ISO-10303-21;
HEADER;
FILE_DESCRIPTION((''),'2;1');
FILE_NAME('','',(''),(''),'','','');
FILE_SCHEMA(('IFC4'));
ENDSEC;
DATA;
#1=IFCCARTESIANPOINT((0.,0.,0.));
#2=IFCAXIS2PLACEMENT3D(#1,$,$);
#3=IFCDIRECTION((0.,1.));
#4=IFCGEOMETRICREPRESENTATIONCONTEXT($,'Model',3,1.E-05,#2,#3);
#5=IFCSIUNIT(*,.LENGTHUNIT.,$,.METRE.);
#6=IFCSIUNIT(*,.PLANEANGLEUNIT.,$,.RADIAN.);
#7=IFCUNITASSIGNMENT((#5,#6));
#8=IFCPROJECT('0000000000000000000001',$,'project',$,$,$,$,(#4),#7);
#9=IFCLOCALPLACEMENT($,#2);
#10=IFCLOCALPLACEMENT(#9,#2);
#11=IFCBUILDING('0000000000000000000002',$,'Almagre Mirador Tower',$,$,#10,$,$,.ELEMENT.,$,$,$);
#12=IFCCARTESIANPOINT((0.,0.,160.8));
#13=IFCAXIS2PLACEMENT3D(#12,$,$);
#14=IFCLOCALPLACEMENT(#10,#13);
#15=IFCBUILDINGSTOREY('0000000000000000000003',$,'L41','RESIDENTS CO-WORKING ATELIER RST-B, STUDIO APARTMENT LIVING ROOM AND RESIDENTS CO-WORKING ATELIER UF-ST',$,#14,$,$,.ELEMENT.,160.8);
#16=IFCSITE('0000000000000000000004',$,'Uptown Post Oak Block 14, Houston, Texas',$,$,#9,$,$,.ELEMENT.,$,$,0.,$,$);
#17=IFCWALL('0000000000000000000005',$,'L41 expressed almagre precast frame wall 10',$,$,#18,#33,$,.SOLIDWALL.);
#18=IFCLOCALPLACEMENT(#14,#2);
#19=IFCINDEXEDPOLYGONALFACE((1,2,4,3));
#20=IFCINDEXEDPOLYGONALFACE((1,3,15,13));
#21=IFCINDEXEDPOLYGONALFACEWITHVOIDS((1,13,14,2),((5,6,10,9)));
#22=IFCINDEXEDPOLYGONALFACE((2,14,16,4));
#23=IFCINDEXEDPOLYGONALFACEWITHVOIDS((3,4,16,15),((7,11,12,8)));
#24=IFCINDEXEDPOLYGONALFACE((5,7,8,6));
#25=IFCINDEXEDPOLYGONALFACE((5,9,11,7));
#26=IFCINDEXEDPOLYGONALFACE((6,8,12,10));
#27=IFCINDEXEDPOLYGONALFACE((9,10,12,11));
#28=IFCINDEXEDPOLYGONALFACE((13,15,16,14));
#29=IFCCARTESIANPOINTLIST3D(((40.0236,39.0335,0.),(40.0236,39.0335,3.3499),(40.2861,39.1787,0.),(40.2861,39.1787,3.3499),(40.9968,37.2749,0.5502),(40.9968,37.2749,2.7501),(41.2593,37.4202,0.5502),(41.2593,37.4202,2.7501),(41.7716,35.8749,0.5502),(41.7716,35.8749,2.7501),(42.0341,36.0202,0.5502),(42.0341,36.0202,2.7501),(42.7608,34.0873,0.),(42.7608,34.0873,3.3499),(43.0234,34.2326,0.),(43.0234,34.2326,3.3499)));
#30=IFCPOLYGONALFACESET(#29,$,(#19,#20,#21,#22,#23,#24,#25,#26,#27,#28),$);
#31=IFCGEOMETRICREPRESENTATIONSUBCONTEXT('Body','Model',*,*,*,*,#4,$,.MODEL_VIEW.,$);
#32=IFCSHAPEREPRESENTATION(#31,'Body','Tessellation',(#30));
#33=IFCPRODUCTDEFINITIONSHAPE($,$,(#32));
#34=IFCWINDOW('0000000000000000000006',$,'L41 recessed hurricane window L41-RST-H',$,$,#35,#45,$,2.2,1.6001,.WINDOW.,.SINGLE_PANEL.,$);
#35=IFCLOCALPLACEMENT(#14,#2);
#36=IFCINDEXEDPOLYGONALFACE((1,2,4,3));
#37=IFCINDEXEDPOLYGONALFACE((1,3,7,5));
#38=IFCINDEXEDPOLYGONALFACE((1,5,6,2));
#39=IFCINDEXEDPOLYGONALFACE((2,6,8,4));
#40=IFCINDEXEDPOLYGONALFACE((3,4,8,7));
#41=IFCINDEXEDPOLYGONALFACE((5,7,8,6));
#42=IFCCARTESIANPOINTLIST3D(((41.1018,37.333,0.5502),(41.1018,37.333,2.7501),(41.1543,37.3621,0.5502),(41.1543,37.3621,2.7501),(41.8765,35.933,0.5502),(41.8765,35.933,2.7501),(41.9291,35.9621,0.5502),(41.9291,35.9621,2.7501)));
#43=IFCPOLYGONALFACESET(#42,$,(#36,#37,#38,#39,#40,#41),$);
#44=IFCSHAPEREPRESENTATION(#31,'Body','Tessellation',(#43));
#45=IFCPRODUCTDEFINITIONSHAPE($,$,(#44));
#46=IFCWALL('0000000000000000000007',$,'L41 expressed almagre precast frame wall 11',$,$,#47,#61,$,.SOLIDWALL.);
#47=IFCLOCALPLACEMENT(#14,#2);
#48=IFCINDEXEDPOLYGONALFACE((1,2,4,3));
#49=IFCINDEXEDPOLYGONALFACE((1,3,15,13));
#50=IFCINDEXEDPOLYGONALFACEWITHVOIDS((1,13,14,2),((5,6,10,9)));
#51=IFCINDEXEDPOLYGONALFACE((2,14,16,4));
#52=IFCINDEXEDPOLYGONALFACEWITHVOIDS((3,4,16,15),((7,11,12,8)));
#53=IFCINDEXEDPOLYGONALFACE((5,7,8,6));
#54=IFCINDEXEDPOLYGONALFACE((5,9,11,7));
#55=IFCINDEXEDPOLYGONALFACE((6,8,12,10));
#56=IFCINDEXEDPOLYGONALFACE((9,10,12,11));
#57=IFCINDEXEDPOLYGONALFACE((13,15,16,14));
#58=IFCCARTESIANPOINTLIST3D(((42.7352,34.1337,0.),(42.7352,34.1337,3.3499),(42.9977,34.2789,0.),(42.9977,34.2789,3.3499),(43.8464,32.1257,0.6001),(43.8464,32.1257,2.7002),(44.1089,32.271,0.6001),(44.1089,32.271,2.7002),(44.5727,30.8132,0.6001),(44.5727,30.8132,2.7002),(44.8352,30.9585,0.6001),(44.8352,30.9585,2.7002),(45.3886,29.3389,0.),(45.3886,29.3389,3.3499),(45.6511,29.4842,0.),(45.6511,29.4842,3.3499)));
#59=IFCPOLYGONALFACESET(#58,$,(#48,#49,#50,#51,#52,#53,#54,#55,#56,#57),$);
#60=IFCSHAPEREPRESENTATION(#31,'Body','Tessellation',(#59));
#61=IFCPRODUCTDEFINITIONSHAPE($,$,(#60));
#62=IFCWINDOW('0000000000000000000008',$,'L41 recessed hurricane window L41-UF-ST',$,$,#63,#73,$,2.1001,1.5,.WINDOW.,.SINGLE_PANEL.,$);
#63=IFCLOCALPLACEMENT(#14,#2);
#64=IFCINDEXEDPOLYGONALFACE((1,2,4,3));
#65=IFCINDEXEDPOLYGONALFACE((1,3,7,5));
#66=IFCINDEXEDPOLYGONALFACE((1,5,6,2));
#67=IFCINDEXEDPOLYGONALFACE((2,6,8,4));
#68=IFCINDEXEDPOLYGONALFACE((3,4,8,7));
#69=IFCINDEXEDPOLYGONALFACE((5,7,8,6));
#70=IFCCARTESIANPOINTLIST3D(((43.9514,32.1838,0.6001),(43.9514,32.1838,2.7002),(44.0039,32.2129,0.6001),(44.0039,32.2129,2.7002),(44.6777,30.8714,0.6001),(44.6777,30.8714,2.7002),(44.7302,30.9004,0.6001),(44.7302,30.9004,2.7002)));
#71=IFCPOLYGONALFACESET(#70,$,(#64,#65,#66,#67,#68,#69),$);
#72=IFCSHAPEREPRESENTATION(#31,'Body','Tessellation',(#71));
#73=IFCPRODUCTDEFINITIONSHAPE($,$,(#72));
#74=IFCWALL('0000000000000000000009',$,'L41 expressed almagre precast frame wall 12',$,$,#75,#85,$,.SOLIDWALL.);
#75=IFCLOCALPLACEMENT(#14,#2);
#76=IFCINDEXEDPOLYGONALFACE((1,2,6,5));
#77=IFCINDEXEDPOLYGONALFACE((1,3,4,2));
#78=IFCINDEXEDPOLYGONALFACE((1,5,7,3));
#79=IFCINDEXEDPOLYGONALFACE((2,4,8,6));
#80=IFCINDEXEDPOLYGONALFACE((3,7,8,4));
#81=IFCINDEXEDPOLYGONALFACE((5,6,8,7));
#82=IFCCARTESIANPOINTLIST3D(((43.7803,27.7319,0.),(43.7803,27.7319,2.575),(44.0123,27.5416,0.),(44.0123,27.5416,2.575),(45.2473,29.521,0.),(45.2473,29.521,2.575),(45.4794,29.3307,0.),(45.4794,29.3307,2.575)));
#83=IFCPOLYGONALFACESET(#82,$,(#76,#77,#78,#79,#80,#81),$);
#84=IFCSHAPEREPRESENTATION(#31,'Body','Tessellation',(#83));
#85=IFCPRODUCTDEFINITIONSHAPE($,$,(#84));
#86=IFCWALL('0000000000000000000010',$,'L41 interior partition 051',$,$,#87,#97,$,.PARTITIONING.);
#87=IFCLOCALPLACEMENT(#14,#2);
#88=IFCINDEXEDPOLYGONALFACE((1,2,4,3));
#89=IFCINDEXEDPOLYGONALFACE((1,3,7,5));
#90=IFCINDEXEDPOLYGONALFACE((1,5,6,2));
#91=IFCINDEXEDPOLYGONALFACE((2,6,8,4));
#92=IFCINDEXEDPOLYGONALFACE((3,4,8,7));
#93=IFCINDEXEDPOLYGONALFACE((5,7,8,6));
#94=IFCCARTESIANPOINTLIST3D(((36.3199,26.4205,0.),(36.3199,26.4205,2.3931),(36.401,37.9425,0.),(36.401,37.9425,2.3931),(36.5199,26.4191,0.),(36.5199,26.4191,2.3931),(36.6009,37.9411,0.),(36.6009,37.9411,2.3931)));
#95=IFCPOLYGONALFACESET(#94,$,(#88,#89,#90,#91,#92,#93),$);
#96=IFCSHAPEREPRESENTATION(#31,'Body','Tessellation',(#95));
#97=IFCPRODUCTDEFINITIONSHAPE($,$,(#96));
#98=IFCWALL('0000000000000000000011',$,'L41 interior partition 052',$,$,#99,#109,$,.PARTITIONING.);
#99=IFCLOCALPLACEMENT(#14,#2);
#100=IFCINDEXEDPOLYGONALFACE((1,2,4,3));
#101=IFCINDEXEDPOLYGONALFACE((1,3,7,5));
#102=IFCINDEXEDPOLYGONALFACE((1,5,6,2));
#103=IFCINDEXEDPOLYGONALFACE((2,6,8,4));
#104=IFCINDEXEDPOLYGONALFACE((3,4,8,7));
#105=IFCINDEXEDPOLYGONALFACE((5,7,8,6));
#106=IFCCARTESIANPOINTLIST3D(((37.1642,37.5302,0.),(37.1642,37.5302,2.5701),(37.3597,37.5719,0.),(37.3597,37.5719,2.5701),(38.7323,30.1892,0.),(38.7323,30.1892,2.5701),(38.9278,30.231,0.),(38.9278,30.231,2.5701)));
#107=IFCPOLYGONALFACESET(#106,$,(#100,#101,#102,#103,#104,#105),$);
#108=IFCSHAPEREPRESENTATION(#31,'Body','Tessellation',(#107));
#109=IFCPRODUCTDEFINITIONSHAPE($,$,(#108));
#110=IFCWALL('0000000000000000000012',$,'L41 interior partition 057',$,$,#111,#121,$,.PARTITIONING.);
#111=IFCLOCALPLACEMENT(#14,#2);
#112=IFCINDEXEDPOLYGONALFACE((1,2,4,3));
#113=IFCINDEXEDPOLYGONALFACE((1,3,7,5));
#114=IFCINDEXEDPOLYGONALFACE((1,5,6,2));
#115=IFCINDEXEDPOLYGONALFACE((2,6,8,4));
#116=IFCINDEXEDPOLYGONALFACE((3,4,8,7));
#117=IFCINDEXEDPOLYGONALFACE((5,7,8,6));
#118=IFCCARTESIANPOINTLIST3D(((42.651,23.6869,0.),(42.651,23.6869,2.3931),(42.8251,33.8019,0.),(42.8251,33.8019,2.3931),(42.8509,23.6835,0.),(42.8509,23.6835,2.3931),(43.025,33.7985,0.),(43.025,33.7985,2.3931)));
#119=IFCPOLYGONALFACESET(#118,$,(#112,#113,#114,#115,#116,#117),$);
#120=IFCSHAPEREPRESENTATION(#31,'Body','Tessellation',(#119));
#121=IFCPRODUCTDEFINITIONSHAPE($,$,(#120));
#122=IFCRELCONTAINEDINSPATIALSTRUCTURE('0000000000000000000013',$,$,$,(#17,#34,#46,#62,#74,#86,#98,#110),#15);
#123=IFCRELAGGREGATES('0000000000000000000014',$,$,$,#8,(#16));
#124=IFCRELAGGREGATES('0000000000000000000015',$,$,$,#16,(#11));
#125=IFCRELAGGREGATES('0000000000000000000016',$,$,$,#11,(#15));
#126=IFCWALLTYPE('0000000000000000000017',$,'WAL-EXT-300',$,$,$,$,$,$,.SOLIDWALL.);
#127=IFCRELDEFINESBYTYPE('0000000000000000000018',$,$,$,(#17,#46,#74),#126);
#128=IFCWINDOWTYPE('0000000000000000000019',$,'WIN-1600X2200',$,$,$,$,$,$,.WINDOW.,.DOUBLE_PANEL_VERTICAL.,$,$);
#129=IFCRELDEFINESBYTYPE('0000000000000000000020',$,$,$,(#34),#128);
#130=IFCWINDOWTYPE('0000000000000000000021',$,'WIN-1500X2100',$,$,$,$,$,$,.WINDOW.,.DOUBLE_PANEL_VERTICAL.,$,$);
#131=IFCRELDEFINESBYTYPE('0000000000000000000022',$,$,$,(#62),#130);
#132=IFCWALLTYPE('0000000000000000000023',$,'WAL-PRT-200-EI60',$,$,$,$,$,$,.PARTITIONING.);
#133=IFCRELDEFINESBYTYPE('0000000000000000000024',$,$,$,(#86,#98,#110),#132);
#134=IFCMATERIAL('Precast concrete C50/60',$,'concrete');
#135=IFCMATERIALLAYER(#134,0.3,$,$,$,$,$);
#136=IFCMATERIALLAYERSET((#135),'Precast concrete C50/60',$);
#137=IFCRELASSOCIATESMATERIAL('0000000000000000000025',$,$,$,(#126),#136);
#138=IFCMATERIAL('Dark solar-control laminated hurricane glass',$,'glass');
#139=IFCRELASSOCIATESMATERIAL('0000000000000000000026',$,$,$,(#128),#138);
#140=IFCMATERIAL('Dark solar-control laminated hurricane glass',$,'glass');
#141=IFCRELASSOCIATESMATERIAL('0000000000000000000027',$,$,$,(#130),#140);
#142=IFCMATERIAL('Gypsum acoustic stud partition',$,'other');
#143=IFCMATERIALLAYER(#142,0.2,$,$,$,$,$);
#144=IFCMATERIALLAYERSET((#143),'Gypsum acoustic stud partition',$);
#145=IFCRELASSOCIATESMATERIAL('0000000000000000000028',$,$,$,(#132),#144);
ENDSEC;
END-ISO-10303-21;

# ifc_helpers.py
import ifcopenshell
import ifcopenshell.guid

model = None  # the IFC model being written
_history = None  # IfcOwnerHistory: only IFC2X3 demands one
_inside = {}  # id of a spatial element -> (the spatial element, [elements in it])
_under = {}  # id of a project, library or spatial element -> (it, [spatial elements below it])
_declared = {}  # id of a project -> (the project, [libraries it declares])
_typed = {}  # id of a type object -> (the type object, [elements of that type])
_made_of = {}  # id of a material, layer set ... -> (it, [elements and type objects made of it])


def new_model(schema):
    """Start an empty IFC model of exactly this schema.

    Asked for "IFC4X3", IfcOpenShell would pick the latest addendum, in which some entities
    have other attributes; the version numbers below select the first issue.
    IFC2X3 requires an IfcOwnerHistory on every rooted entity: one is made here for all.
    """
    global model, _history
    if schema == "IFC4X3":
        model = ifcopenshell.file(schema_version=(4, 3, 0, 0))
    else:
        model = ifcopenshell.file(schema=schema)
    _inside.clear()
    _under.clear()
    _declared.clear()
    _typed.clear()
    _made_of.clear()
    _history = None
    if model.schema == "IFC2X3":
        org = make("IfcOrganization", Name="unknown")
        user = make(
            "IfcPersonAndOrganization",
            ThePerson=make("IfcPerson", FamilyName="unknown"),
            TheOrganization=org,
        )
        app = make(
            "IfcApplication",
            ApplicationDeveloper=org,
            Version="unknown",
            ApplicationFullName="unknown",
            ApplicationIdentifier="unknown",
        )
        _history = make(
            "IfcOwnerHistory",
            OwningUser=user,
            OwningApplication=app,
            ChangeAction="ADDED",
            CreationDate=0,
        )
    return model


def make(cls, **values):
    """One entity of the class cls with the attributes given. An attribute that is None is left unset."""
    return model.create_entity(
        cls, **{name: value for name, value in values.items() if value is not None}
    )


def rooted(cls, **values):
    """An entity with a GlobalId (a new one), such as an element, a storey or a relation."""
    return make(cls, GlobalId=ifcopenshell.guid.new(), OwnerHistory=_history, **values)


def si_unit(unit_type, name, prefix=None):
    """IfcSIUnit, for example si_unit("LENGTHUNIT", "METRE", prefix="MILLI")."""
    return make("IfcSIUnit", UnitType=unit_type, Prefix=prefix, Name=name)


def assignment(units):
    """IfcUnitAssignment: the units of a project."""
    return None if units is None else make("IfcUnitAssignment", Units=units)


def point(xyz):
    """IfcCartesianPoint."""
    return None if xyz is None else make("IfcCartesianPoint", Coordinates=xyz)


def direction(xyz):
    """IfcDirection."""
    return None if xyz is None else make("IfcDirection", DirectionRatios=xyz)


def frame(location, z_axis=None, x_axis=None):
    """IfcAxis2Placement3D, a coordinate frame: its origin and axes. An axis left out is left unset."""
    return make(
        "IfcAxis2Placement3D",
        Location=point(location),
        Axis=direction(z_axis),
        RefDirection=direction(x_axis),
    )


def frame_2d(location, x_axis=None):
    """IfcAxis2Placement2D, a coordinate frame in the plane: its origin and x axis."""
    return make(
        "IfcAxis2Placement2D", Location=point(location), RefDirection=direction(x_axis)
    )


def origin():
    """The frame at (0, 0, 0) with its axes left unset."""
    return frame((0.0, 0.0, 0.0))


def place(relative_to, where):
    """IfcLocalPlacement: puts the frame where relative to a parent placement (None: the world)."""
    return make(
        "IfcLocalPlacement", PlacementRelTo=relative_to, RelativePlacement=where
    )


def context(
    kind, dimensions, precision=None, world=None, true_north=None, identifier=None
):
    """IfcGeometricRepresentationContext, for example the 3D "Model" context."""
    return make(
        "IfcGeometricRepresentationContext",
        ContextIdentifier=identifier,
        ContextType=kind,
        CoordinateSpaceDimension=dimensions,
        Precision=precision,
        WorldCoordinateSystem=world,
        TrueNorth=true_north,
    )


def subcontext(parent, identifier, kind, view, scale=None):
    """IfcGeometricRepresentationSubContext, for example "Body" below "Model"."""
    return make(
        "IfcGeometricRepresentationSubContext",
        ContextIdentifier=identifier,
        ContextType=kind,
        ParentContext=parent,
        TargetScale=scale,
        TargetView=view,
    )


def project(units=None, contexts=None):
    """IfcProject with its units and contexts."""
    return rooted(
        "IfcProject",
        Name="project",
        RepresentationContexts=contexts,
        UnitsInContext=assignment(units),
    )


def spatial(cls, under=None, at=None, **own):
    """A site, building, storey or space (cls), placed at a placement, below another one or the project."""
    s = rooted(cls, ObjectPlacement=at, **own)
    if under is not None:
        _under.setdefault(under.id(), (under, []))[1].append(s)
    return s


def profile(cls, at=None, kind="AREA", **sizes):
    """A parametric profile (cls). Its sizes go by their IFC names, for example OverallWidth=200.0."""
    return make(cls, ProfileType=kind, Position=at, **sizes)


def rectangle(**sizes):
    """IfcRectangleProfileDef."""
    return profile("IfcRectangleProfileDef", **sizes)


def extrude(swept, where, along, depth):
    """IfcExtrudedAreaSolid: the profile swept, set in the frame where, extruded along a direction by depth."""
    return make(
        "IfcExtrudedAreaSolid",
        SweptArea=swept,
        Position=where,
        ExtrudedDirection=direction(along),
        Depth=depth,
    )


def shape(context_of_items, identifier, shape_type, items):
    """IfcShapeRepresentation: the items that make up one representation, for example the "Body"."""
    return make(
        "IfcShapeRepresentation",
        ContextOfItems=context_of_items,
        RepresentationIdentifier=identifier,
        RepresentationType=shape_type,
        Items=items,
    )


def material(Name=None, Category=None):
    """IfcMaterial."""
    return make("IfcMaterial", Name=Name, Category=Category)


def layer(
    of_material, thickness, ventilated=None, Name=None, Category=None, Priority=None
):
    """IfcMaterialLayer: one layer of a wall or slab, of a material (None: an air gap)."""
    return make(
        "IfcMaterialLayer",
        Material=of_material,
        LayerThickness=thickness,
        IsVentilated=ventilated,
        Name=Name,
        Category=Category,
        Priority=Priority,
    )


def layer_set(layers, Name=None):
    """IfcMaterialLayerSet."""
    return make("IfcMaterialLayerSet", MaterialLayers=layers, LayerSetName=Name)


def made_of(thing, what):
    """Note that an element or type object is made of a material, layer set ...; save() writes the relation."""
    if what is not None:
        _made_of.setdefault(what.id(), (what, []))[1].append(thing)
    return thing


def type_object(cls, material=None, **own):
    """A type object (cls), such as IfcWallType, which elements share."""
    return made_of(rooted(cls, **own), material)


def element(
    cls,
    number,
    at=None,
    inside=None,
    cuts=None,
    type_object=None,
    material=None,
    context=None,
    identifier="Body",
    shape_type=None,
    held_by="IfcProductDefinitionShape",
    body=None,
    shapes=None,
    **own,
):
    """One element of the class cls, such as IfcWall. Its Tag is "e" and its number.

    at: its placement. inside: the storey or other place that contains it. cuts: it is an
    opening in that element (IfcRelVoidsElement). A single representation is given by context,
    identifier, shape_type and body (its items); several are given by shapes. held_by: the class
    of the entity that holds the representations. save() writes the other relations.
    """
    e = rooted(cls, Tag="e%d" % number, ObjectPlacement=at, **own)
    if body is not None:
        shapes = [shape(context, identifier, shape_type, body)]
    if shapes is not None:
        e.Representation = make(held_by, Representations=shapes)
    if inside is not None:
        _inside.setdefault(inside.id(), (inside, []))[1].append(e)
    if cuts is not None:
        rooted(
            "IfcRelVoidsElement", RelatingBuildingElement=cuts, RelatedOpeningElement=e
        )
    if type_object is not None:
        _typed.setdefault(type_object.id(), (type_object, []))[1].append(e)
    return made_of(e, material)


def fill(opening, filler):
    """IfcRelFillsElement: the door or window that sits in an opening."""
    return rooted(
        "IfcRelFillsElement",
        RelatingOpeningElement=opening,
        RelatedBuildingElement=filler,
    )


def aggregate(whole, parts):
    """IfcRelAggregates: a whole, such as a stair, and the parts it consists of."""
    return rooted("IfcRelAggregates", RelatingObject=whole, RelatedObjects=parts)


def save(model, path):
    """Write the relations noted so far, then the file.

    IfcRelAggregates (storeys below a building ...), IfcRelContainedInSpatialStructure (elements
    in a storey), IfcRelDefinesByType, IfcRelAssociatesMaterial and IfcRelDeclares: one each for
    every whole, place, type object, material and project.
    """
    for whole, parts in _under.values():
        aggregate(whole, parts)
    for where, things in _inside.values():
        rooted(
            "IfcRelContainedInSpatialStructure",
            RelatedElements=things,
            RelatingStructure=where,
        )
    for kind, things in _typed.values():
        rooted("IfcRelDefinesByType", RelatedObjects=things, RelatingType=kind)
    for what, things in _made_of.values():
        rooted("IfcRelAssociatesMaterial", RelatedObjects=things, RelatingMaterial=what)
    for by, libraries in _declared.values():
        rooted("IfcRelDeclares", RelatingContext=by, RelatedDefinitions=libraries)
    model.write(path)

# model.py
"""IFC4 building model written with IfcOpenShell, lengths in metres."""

from ifc_helpers import new_model, si_unit, direction, frame, frame_2d, origin, place, context, subcontext, project, spatial, rectangle, extrude, material, layer, layer_set, type_object, element, fill, save


model = new_model("IFC4")

# Units and contexts
model_context = context("Model", 3, precision=1e-05, world=origin(), true_north=direction((0.0, 1.0)))
body_context = subcontext(model_context, "Body", "Model", "MODEL_VIEW")
ifc_project = project(units=[si_unit("LENGTHUNIT", "METRE"), si_unit("PLANEANGLEUNIT", "RADIAN")], contexts=[model_context])

# Site, building, storey
site_placement = place(None, origin())
site = spatial("IfcSite", under=ifc_project, at=site_placement, Name="Uptown Post Oak Block 14, Houston, Texas", CompositionType="ELEMENT", RefElevation=0.0)
building_placement = place(site_placement, origin())
building = spatial("IfcBuilding", under=site, at=building_placement, Name="Almagre Mirador Tower", CompositionType="ELEMENT")
storey_placement = place(building_placement, frame((0.0, 0.0, 160.8)))
storey = spatial("IfcBuildingStorey", under=building, at=storey_placement, Name="L41", Description="RESIDENTS CO-WORKING ATELIER RST-B, STUDIO APARTMENT LIVING ROOM AND RESIDENTS CO-WORKING ATELIER UF-ST", CompositionType="ELEMENT", Elevation=160.8)

# Shared definitions
ifc_material_1 = material(Name="Precast concrete C50/60", Category="concrete")
ifc_layer_1 = layer(ifc_material_1, 0.3)
ifc_layer_set_1 = layer_set([ifc_layer_1], Name="Precast concrete C50/60")
wall_type_1 = type_object("IfcWallType", Name="WAL-EXT-300", PredefinedType="SOLIDWALL", material=ifc_layer_set_1)

# Walls, openings, windows
wall_1_placement = place(storey_placement, frame((40.1548, 39.1062, 0.0), z_axis=(0.0, 0.0, 1.0), x_axis=(0.484205, -0.874955, 0.0)))
wall_1 = element("IfcWall", 1, at=wall_1_placement, inside=storey, type_object=wall_type_1, Name="L41 expressed almagre precast frame wall 10", PredefinedType="SOLIDWALL", context=body_context, shape_type="SweptSolid", body=[
    extrude(rectangle(XDim=5.6531, YDim=0.3, at=frame_2d((2.8267, 0.0))), origin(), (0.0, 0.0, 1.0), 3.3499),
])
opening_1_placement = place(wall_1_placement, frame((2.01, 0.0, 0.55)))
opening_1 = element("IfcOpeningElement", 2, at=opening_1_placement, cuts=wall_1, PredefinedType="OPENING", context=body_context, shape_type="SweptSolid", body=[
    extrude(rectangle(XDim=1.6001, YDim=2.2, at=frame_2d((0.8, 1.1001))), frame((0.0, 0.1599, 0.0), z_axis=(0.0, -1.0, 0.0), x_axis=(1.0, 0.0, 0.0)), (0.0, 0.0, 1.0), 0.32),
])
ifc_material_2 = material(Name="Dark solar-control laminated hurricane glass", Category="glass")
window_type_1 = type_object("IfcWindowType", Name="WIN-1600X2200", PartitioningType="DOUBLE_PANEL_VERTICAL", PredefinedType="WINDOW", material=ifc_material_2)
window_1_placement = place(opening_1_placement, origin())
window_1 = element("IfcWindow", 3, at=window_1_placement, inside=storey, type_object=window_type_1, Name="L41 recessed hurricane window L41-RST-H", OverallHeight=2.2, OverallWidth=1.6001, PartitioningType="SINGLE_PANEL", PredefinedType="WINDOW", context=body_context, shape_type="SweptSolid", body=[
    extrude(rectangle(XDim=1.6001, YDim=2.2, at=frame_2d((0.8, 1.1001))), frame((0.0, 0.03, 0.0), z_axis=(0.0, -1.0, 0.0), x_axis=(1.0, 0.0, 0.0)), (0.0, 0.0, 1.0), 0.0601),
])
fill(opening_1, window_1)
wall_2_placement = place(storey_placement, frame((42.8665, 34.2063, 0.0), z_axis=(0.0, 0.0, 1.0), x_axis=(0.484193, -0.874961, 0.0)))
wall_2 = element("IfcWall", 4, at=wall_2_placement, inside=storey, type_object=wall_type_1, Name="L41 expressed almagre precast frame wall 11", PredefinedType="SOLIDWALL", context=body_context, shape_type="SweptSolid", body=[
    extrude(rectangle(XDim=5.48, YDim=0.3, at=frame_2d((2.74, 0.0))), origin(), (0.0, 0.0, 1.0), 3.3499),
])
opening_2_placement = place(wall_2_placement, frame((2.2949, 0.0, 0.6001)))
opening_2 = element("IfcOpeningElement", 5, at=opening_2_placement, cuts=wall_2, PredefinedType="OPENING", context=body_context, shape_type="SweptSolid", body=[
    extrude(rectangle(XDim=1.5, YDim=2.1001, at=frame_2d((0.75, 1.05))), frame((0.0, 0.1599, 0.0), z_axis=(0.0, -1.0, 0.0), x_axis=(1.0, 0.0, 0.0)), (0.0, 0.0, 1.0), 0.32),
])
ifc_material_3 = material(Name="Dark solar-control laminated hurricane glass", Category="glass")
window_type_2 = type_object("IfcWindowType", Name="WIN-1500X2100", PartitioningType="DOUBLE_PANEL_VERTICAL", PredefinedType="WINDOW", material=ifc_material_3)
window_2_placement = place(opening_2_placement, origin())
window_2 = element("IfcWindow", 6, at=window_2_placement, inside=storey, type_object=window_type_2, Name="L41 recessed hurricane window L41-UF-ST", OverallHeight=2.1001, OverallWidth=1.5, PartitioningType="SINGLE_PANEL", PredefinedType="WINDOW", context=body_context, shape_type="SweptSolid", body=[
    extrude(rectangle(XDim=1.5, YDim=2.1001, at=frame_2d((0.75, 1.05))), frame((0.0, 0.03, 0.0), z_axis=(0.0, -1.0, 0.0), x_axis=(1.0, 0.0, 0.0)), (0.0, 0.0, 1.0), 0.0601),
])
fill(opening_2, window_2)

# Walls
wall_3_placement = place(storey_placement, frame((45.3633, 29.4258, 0.0), z_axis=(0.0, 0.0, 1.0), x_axis=(-0.634082, -0.773266, 0.0)))
element("IfcWall", 7, at=wall_3_placement, inside=storey, type_object=wall_type_1, Name="L41 expressed almagre precast frame wall 12", PredefinedType="SOLIDWALL", context=body_context, shape_type="SweptSolid", body=[
    extrude(rectangle(XDim=2.3137, YDim=0.3, at=frame_2d((1.1567, 0.0))), origin(), (0.0, 0.0, 1.0), 2.575),
])
ifc_material_4 = material(Name="Gypsum acoustic stud partition", Category="other")
ifc_layer_2 = layer(ifc_material_4, 0.2)
ifc_layer_set_2 = layer_set([ifc_layer_2], Name="Gypsum acoustic stud partition")
wall_type_2 = type_object("IfcWallType", Name="WAL-PRT-200-EI60", PredefinedType="PARTITIONING", material=ifc_layer_set_2)
wall_4_placement = place(storey_placement, frame((36.501, 37.9419, 0.0), z_axis=(0.0, 0.0, 1.0), x_axis=(-0.007035, -0.999975, 0.0)))
element("IfcWall", 8, at=wall_4_placement, inside=storey, type_object=wall_type_2, Name="L41 interior partition 051", PredefinedType="PARTITIONING", context=body_context, shape_type="SweptSolid", body=[
    extrude(rectangle(XDim=11.5222, YDim=0.2, at=frame_2d((5.7612, 0.0))), origin(), (0.0, 0.0, 1.0), 2.3931),
])
wall_5_placement = place(storey_placement, frame((38.8301, 30.21, 0.0), z_axis=(0.0, 0.0, 1.0), x_axis=(-0.208896, 0.977938, 0.0)))
element("IfcWall", 9, at=wall_5_placement, inside=storey, type_object=wall_type_2, Name="L41 interior partition 052", PredefinedType="PARTITIONING", context=body_context, shape_type="SweptSolid", body=[
    extrude(rectangle(XDim=7.5066, YDim=0.2, at=frame_2d((3.7534, 0.0))), origin(), (0.0, 0.0, 1.0), 2.5701),
])
wall_6_placement = place(storey_placement, frame((42.925, 33.8, 0.0), z_axis=(0.0, 0.0, 1.0), x_axis=(-0.017207, -0.999852, 0.0)))
element("IfcWall", 10, at=wall_6_placement, inside=storey, type_object=wall_type_2, Name="L41 interior partition 057", PredefinedType="PARTITIONING", context=body_context, shape_type="SweptSolid", body=[
    extrude(rectangle(XDim=10.1165, YDim=0.2, at=frame_2d((5.0581, 0.0))), origin(), (0.0, 0.0, 1.0), 2.3931),
])

save(model, "model.ifc")
